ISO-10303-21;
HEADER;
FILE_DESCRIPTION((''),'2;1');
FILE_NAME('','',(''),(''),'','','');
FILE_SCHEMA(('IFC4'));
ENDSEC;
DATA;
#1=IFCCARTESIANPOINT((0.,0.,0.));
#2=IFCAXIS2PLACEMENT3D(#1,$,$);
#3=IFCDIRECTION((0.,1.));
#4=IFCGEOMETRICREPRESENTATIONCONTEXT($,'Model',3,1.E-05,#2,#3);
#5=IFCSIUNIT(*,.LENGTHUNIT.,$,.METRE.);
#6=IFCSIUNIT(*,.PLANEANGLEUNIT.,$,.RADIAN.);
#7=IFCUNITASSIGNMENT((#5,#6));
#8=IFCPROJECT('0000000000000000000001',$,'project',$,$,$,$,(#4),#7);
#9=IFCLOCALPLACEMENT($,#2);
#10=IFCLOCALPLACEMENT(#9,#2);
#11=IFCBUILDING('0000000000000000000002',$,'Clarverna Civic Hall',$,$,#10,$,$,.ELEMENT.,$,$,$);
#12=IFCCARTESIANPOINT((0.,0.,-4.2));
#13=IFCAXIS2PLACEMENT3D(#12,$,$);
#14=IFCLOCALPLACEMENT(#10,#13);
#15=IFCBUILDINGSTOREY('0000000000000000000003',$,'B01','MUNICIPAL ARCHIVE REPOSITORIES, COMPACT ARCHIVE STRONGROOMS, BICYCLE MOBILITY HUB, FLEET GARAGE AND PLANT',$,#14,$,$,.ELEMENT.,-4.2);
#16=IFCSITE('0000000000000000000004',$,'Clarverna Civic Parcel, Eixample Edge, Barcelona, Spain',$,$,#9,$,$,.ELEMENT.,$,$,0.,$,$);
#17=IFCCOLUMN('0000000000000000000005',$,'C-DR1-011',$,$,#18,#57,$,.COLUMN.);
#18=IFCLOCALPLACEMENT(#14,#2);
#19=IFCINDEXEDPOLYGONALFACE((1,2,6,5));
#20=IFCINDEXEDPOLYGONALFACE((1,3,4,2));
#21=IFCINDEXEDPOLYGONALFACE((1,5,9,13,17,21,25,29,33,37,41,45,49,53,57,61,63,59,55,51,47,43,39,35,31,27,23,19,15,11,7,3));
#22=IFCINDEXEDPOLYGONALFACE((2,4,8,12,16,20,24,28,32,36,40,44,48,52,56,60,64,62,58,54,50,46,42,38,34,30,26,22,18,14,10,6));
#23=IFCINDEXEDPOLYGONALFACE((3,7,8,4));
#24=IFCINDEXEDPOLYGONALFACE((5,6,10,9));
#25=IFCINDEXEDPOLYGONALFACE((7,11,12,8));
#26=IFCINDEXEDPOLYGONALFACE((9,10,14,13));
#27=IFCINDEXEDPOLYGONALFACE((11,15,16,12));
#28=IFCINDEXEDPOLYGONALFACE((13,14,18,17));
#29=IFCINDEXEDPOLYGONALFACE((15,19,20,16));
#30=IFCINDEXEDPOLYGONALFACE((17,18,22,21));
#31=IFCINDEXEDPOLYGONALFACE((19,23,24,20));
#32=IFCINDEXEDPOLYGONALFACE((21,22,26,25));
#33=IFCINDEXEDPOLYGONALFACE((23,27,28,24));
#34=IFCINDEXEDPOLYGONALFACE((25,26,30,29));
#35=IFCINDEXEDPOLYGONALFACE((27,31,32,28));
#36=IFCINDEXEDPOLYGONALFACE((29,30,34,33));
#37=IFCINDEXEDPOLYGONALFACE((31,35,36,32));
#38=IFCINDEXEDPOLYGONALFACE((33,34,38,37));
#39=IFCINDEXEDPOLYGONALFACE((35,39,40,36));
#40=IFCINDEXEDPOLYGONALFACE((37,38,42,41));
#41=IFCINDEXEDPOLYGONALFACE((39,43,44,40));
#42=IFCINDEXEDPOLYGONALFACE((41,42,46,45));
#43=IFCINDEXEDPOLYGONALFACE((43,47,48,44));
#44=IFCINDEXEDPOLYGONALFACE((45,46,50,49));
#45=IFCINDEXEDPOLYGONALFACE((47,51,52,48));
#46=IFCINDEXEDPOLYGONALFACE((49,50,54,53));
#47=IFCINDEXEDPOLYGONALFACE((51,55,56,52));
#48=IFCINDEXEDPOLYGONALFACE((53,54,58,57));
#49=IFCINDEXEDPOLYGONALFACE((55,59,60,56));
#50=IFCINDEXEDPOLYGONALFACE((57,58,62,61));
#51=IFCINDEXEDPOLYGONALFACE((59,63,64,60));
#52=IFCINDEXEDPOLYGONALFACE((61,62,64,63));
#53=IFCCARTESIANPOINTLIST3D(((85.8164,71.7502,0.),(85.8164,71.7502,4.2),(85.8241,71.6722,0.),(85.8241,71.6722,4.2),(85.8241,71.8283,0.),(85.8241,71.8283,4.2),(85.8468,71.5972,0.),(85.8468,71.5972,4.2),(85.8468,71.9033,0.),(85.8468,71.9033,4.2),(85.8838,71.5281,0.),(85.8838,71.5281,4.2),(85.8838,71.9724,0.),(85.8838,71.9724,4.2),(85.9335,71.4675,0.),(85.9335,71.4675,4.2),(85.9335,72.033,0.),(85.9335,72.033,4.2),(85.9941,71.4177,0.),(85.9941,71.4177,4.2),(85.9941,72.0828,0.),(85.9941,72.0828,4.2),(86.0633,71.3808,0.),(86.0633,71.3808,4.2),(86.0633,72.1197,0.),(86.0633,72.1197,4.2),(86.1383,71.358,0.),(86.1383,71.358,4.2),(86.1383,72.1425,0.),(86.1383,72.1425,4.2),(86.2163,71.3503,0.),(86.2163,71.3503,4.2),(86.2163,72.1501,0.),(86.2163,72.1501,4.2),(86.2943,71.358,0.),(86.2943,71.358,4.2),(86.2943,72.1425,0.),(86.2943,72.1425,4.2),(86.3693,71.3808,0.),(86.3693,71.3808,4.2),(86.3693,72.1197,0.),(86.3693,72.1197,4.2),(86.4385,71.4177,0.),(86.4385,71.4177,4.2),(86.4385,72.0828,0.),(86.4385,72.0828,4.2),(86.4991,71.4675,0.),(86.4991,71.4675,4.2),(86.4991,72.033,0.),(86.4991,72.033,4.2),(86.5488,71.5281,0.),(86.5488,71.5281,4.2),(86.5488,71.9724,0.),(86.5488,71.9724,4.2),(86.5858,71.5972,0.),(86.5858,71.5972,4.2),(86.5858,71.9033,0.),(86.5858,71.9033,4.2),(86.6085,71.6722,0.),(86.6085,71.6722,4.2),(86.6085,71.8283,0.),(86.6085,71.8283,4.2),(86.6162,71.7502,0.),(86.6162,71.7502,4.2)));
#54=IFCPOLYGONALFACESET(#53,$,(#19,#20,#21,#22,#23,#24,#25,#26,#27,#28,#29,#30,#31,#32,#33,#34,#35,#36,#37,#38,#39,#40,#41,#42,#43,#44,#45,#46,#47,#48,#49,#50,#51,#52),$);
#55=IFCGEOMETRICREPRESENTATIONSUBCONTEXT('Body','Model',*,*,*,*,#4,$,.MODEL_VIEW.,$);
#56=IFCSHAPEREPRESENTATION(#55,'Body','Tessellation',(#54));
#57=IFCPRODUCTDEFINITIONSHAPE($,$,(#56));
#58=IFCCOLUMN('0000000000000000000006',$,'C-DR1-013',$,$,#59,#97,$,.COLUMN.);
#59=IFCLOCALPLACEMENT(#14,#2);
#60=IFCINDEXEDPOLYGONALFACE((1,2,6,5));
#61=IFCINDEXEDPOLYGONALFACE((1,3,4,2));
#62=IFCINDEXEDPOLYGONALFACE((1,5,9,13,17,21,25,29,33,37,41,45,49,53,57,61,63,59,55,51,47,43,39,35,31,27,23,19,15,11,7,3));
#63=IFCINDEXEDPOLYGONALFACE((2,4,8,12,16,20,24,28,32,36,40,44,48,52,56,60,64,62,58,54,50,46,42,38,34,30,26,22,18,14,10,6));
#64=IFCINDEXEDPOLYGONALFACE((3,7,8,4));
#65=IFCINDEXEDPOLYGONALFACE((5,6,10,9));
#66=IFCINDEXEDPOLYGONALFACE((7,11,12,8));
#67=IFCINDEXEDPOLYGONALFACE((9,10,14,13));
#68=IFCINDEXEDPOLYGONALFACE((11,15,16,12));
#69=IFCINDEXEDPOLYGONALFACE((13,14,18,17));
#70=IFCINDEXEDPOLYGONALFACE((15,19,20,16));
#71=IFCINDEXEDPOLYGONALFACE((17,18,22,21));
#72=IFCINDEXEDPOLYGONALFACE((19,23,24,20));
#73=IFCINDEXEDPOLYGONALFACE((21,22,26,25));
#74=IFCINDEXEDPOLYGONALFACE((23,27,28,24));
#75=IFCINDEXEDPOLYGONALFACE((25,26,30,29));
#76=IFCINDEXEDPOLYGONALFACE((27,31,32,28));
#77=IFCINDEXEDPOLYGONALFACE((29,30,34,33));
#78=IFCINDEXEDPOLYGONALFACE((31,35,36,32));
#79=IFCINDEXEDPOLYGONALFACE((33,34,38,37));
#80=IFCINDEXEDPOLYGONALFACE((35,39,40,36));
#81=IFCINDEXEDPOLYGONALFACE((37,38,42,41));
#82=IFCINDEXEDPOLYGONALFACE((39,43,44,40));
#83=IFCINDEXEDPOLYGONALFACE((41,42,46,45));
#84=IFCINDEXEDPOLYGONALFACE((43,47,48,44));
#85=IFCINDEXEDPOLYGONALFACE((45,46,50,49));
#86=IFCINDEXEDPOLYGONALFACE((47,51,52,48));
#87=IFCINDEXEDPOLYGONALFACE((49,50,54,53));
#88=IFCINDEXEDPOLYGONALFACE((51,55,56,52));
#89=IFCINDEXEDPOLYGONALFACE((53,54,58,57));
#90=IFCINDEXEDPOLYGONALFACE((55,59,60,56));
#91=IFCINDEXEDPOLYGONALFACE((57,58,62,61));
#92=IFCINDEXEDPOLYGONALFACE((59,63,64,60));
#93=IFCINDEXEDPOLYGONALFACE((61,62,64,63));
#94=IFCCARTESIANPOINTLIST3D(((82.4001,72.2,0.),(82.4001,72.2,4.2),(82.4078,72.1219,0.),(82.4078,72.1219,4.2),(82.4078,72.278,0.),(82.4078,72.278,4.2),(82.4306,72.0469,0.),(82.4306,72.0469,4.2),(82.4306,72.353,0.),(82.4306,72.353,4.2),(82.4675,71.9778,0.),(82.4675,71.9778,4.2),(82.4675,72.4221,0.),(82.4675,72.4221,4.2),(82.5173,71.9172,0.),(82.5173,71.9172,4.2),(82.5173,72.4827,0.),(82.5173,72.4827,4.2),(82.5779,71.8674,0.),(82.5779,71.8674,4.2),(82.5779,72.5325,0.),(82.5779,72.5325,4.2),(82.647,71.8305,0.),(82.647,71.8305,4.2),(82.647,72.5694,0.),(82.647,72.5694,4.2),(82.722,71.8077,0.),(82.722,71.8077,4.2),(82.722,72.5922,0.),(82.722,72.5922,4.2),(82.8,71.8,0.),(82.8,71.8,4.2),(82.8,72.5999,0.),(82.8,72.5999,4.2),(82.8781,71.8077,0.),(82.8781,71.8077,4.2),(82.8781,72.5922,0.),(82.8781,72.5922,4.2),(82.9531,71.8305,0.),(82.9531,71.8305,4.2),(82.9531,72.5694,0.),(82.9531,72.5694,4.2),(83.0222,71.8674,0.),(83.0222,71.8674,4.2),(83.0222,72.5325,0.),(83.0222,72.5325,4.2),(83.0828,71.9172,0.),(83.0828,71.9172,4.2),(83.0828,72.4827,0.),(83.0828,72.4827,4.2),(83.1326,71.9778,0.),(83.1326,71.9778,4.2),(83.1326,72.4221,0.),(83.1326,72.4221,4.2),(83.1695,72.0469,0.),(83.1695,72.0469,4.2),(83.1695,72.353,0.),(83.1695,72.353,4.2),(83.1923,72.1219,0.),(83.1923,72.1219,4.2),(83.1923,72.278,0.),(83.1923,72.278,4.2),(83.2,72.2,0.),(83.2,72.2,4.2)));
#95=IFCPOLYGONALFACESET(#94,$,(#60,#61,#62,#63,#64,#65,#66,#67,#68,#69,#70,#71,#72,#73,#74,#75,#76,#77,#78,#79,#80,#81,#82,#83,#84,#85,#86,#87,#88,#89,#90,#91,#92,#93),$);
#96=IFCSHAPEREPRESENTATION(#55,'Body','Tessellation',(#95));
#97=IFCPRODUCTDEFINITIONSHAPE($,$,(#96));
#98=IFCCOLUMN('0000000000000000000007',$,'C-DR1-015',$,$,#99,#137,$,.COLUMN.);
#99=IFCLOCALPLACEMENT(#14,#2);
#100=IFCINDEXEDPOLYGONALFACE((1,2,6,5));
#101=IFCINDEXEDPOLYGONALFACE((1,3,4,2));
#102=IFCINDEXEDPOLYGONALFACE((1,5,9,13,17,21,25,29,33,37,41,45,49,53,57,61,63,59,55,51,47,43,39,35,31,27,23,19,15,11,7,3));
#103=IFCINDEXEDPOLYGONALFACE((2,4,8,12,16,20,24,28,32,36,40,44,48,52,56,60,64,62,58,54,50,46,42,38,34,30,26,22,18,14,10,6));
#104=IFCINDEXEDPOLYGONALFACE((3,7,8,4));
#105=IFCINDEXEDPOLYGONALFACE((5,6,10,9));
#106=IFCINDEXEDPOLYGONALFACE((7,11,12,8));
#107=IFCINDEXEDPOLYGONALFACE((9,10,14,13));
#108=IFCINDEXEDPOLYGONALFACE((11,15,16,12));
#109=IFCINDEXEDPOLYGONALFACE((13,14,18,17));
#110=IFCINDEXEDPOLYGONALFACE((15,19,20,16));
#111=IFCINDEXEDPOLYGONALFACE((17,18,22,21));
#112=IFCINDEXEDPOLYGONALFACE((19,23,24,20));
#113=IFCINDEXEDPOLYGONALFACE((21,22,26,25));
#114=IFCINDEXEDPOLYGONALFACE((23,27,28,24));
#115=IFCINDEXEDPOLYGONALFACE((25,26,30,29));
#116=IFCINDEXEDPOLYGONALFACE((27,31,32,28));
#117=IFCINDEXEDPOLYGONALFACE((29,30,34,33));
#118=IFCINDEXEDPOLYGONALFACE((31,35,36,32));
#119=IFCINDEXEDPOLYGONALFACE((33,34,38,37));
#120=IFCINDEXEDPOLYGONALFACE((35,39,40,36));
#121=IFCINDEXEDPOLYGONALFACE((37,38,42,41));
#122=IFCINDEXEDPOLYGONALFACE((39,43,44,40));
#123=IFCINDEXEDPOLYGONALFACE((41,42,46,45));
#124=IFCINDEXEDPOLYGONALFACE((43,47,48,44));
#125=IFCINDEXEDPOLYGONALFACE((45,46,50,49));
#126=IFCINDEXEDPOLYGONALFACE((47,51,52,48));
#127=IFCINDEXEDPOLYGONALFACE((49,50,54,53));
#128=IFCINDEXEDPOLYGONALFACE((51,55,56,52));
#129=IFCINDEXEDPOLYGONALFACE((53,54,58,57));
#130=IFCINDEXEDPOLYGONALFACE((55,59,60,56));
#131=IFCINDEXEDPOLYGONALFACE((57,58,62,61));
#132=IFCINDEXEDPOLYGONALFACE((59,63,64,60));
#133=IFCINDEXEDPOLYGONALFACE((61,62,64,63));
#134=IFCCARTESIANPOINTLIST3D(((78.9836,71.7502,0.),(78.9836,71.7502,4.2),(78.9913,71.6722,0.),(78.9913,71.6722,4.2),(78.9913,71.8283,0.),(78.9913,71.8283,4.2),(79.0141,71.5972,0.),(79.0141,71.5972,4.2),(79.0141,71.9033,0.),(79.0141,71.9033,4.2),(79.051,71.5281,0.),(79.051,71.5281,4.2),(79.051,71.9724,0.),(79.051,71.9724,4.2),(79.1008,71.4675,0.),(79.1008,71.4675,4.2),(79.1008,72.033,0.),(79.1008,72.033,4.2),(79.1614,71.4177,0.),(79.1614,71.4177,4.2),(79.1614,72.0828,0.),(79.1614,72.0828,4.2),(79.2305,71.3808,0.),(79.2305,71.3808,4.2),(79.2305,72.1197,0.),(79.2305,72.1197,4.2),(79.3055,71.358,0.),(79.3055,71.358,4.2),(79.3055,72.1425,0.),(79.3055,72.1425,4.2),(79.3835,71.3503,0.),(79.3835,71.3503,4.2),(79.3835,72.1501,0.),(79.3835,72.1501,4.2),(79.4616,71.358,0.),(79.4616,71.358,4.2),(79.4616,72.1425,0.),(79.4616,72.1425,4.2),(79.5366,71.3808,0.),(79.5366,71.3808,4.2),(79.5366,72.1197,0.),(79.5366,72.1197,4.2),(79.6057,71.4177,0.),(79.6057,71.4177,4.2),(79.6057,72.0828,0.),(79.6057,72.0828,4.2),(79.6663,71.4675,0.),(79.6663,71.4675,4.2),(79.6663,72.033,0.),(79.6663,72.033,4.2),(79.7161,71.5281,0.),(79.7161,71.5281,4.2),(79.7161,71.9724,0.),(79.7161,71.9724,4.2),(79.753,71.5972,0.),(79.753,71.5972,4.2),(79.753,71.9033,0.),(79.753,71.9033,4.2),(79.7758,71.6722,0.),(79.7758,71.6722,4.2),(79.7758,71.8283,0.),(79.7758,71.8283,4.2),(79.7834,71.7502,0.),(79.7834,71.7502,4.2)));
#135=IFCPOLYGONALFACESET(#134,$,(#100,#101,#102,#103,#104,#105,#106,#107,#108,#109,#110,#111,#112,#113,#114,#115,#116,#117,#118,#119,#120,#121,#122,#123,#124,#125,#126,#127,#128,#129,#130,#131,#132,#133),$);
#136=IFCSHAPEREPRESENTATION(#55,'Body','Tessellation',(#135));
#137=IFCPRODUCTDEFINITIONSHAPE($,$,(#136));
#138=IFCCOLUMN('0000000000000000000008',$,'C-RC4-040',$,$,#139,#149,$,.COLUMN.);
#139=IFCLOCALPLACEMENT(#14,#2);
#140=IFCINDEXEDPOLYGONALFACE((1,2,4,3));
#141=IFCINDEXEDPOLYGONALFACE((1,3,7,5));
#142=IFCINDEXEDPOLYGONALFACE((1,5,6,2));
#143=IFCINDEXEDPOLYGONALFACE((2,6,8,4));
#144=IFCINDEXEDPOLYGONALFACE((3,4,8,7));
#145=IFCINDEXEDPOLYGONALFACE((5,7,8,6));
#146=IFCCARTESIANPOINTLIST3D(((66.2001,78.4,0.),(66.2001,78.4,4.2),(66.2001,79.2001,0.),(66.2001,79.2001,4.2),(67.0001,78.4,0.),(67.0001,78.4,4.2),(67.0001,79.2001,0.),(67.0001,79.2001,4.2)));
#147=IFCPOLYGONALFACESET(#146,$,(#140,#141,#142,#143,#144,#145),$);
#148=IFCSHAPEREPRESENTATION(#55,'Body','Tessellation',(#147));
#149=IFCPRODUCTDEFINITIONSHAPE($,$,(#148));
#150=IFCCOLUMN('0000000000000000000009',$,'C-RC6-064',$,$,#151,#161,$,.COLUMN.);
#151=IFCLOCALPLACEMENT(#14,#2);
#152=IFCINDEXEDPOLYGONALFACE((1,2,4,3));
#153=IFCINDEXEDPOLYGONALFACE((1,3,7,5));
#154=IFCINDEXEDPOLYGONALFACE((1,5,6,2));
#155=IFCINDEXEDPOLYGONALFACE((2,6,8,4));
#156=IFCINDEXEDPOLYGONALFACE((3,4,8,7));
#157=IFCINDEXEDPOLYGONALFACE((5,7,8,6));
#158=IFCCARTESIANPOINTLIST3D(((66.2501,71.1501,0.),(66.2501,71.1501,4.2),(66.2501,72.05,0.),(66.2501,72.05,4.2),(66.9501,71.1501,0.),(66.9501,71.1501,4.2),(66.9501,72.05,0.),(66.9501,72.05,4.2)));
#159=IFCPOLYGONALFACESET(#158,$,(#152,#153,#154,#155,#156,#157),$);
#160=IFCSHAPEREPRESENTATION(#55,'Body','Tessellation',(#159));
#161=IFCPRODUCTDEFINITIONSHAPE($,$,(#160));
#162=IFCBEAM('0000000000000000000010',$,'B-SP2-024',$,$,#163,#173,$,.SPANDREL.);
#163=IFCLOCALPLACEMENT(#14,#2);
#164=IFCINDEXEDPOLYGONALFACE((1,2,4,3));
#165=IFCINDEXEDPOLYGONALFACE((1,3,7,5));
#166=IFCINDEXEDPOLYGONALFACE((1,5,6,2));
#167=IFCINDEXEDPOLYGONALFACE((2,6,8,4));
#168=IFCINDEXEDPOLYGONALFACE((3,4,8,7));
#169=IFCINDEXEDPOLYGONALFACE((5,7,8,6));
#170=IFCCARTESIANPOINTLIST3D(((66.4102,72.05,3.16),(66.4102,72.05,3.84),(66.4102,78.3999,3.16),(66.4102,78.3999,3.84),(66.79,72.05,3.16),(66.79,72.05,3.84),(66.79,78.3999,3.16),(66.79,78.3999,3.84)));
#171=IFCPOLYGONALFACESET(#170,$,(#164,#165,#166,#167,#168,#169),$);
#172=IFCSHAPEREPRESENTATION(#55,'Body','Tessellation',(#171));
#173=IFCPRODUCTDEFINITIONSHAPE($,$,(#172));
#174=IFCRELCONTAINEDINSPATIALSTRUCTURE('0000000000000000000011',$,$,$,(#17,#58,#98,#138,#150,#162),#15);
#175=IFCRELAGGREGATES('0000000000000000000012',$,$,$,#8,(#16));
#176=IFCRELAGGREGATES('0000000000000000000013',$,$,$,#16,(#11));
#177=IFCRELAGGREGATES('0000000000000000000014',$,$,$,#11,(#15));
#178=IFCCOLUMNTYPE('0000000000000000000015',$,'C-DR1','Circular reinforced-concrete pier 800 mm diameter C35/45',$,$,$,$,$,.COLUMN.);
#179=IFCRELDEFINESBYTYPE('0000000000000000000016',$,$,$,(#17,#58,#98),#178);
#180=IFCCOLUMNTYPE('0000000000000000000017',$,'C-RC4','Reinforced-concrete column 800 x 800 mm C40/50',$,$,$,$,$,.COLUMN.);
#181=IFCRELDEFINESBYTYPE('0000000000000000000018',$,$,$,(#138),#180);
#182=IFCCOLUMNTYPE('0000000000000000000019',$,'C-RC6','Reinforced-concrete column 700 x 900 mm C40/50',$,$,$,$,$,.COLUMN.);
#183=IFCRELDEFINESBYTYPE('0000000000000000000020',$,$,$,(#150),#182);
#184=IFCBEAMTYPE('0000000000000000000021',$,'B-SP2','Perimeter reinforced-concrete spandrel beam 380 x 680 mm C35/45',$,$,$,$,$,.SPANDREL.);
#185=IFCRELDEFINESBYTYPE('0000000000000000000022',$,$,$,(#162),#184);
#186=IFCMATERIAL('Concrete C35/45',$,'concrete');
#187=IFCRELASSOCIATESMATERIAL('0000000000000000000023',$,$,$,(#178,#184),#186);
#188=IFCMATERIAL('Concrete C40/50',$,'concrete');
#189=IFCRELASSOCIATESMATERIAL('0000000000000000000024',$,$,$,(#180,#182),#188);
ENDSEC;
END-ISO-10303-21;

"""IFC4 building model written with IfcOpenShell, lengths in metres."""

from ifc_helpers import new_model, si_unit, direction, frame, origin, origin_2d, place, context, subcontext, project, spatial, rectangle, circle, extrude, material, material_profile, profile_set, type_object, element, save


model = new_model("IFC4")

# Units and contexts
model_context = context("Model", 3, precision=1e-05, world=origin(), true_north=direction((0.0, 1.0)))
body_context = subcontext(model_context, "Body", "Model", "MODEL_VIEW")
ifc_project = project(units=[si_unit("LENGTHUNIT", "METRE"), si_unit("PLANEANGLEUNIT", "RADIAN")], contexts=[model_context])

# Site, building, storey
site_placement = place(None, origin())
site = spatial("IfcSite", under=ifc_project, at=site_placement, Name="Clarverna Civic Parcel, Eixample Edge, Barcelona, Spain", CompositionType="ELEMENT", RefElevation=0.0)
building_placement = place(site_placement, origin())
building = spatial("IfcBuilding", under=site, at=building_placement, Name="Clarverna Civic Hall", CompositionType="ELEMENT")
storey_placement = place(building_placement, frame((0.0, 0.0, -4.2)))
storey = spatial("IfcBuildingStorey", under=building, at=storey_placement, Name="B01", Description="MUNICIPAL ARCHIVE REPOSITORIES, COMPACT ARCHIVE STRONGROOMS, BICYCLE MOBILITY HUB, FLEET GARAGE AND PLANT", CompositionType="ELEMENT", Elevation=-4.2)

# Columns
ifc_material_1 = material(Name="Concrete C35/45", Category="concrete")
ifc_material_profile_1 = material_profile(ifc_material_1, circle(Radius=0.3999, at=origin_2d()), Name="RC D800")
ifc_profile_set_1 = profile_set([ifc_material_profile_1], Name="Concrete C35/45")
column_type_1 = type_object("IfcColumnType", Name="C-DR1", Description="Circular reinforced-concrete pier 800 mm diameter C35/45", PredefinedType="COLUMN", material=ifc_profile_set_1)
for number, where, z_axis, x_axis, name in (
    (1, (86.2163, 71.7502, 0.0), (0.0, 0.0, 1.0), (1.0, 0.0, 0.0), "C-DR1-011"),
    (2, (82.8, 72.2, 0.0), (0.0, 0.0, 1.0), (1.0, 0.0, 0.0), "C-DR1-013"),
    (3, (79.3835, 71.7502, 0.0), (0.0, 0.0, 1.0), (1.0, 0.0, 0.0), "C-DR1-015"),
):
    element("IfcColumn", number, at=place(storey_placement, frame(where, z_axis=z_axis, x_axis=x_axis)), inside=storey, type_object=column_type_1, Name=name, PredefinedType="COLUMN", context=body_context, shape_type="SweptSolid", body=[
        extrude(circle(Radius=0.3999, at=origin_2d()), origin(), (0.0, 0.0, 1.0), 4.2),
    ])
ifc_material_2 = material(Name="Concrete C40/50", Category="concrete")
ifc_material_profile_2 = material_profile(ifc_material_2, rectangle(XDim=0.8, YDim=0.8, at=origin_2d()), Name="RC 800x800")
ifc_profile_set_2 = profile_set([ifc_material_profile_2], Name="Concrete C40/50")
column_type_2 = type_object("IfcColumnType", Name="C-RC4", Description="Reinforced-concrete column 800 x 800 mm C40/50", PredefinedType="COLUMN", material=ifc_profile_set_2)
column_1_placement = place(storey_placement, frame((66.6001, 78.8, 0.0), z_axis=(0.0, 0.0, 1.0), x_axis=(1.0, 0.0, 0.0)))
element("IfcColumn", 4, at=column_1_placement, inside=storey, type_object=column_type_2, Name="C-RC4-040", PredefinedType="COLUMN", context=body_context, shape_type="SweptSolid", body=[
    extrude(rectangle(XDim=0.8, YDim=0.8, at=origin_2d()), origin(), (0.0, 0.0, 1.0), 4.2),
])
ifc_material_profile_3 = material_profile(ifc_material_2, rectangle(XDim=0.7, YDim=0.8999, at=origin_2d()), Name="RC 700x900")
ifc_profile_set_3 = profile_set([ifc_material_profile_3], Name="Concrete C40/50")
column_type_3 = type_object("IfcColumnType", Name="C-RC6", Description="Reinforced-concrete column 700 x 900 mm C40/50", PredefinedType="COLUMN", material=ifc_profile_set_3)
column_2_placement = place(storey_placement, frame((66.6001, 71.6001, 0.0), z_axis=(0.0, 0.0, 1.0), x_axis=(1.0, 0.0, 0.0)))
element("IfcColumn", 5, at=column_2_placement, inside=storey, type_object=column_type_3, Name="C-RC6-064", PredefinedType="COLUMN", context=body_context, shape_type="SweptSolid", body=[
    extrude(rectangle(XDim=0.7, YDim=0.8999, at=origin_2d()), origin(), (0.0, 0.0, 1.0), 4.2),
])

# Beam
ifc_material_profile_4 = material_profile(ifc_material_1, rectangle(XDim=0.3799, YDim=0.6799, at=origin_2d()), Name="RC 380x680")
ifc_profile_set_4 = profile_set([ifc_material_profile_4], Name="Concrete C35/45")
beam_type_1 = type_object("IfcBeamType", Name="B-SP2", Description="Perimeter reinforced-concrete spandrel beam 380 x 680 mm C35/45", PredefinedType="SPANDREL", material=ifc_profile_set_4)
beam_1_placement = place(storey_placement, frame((66.6001, 72.05, 3.5), z_axis=(0.0, 1.0, 0.0), x_axis=(-1.0, 0.0, 0.0)))
element("IfcBeam", 6, at=beam_1_placement, inside=storey, type_object=beam_type_1, Name="B-SP2-024", PredefinedType="SPANDREL", context=body_context, shape_type="SweptSolid", body=[
    extrude(rectangle(XDim=0.3799, YDim=0.6799, at=origin_2d()), origin(), (0.0, 0.0, 1.0), 6.3499),
])

save(model, "model.ifc")
